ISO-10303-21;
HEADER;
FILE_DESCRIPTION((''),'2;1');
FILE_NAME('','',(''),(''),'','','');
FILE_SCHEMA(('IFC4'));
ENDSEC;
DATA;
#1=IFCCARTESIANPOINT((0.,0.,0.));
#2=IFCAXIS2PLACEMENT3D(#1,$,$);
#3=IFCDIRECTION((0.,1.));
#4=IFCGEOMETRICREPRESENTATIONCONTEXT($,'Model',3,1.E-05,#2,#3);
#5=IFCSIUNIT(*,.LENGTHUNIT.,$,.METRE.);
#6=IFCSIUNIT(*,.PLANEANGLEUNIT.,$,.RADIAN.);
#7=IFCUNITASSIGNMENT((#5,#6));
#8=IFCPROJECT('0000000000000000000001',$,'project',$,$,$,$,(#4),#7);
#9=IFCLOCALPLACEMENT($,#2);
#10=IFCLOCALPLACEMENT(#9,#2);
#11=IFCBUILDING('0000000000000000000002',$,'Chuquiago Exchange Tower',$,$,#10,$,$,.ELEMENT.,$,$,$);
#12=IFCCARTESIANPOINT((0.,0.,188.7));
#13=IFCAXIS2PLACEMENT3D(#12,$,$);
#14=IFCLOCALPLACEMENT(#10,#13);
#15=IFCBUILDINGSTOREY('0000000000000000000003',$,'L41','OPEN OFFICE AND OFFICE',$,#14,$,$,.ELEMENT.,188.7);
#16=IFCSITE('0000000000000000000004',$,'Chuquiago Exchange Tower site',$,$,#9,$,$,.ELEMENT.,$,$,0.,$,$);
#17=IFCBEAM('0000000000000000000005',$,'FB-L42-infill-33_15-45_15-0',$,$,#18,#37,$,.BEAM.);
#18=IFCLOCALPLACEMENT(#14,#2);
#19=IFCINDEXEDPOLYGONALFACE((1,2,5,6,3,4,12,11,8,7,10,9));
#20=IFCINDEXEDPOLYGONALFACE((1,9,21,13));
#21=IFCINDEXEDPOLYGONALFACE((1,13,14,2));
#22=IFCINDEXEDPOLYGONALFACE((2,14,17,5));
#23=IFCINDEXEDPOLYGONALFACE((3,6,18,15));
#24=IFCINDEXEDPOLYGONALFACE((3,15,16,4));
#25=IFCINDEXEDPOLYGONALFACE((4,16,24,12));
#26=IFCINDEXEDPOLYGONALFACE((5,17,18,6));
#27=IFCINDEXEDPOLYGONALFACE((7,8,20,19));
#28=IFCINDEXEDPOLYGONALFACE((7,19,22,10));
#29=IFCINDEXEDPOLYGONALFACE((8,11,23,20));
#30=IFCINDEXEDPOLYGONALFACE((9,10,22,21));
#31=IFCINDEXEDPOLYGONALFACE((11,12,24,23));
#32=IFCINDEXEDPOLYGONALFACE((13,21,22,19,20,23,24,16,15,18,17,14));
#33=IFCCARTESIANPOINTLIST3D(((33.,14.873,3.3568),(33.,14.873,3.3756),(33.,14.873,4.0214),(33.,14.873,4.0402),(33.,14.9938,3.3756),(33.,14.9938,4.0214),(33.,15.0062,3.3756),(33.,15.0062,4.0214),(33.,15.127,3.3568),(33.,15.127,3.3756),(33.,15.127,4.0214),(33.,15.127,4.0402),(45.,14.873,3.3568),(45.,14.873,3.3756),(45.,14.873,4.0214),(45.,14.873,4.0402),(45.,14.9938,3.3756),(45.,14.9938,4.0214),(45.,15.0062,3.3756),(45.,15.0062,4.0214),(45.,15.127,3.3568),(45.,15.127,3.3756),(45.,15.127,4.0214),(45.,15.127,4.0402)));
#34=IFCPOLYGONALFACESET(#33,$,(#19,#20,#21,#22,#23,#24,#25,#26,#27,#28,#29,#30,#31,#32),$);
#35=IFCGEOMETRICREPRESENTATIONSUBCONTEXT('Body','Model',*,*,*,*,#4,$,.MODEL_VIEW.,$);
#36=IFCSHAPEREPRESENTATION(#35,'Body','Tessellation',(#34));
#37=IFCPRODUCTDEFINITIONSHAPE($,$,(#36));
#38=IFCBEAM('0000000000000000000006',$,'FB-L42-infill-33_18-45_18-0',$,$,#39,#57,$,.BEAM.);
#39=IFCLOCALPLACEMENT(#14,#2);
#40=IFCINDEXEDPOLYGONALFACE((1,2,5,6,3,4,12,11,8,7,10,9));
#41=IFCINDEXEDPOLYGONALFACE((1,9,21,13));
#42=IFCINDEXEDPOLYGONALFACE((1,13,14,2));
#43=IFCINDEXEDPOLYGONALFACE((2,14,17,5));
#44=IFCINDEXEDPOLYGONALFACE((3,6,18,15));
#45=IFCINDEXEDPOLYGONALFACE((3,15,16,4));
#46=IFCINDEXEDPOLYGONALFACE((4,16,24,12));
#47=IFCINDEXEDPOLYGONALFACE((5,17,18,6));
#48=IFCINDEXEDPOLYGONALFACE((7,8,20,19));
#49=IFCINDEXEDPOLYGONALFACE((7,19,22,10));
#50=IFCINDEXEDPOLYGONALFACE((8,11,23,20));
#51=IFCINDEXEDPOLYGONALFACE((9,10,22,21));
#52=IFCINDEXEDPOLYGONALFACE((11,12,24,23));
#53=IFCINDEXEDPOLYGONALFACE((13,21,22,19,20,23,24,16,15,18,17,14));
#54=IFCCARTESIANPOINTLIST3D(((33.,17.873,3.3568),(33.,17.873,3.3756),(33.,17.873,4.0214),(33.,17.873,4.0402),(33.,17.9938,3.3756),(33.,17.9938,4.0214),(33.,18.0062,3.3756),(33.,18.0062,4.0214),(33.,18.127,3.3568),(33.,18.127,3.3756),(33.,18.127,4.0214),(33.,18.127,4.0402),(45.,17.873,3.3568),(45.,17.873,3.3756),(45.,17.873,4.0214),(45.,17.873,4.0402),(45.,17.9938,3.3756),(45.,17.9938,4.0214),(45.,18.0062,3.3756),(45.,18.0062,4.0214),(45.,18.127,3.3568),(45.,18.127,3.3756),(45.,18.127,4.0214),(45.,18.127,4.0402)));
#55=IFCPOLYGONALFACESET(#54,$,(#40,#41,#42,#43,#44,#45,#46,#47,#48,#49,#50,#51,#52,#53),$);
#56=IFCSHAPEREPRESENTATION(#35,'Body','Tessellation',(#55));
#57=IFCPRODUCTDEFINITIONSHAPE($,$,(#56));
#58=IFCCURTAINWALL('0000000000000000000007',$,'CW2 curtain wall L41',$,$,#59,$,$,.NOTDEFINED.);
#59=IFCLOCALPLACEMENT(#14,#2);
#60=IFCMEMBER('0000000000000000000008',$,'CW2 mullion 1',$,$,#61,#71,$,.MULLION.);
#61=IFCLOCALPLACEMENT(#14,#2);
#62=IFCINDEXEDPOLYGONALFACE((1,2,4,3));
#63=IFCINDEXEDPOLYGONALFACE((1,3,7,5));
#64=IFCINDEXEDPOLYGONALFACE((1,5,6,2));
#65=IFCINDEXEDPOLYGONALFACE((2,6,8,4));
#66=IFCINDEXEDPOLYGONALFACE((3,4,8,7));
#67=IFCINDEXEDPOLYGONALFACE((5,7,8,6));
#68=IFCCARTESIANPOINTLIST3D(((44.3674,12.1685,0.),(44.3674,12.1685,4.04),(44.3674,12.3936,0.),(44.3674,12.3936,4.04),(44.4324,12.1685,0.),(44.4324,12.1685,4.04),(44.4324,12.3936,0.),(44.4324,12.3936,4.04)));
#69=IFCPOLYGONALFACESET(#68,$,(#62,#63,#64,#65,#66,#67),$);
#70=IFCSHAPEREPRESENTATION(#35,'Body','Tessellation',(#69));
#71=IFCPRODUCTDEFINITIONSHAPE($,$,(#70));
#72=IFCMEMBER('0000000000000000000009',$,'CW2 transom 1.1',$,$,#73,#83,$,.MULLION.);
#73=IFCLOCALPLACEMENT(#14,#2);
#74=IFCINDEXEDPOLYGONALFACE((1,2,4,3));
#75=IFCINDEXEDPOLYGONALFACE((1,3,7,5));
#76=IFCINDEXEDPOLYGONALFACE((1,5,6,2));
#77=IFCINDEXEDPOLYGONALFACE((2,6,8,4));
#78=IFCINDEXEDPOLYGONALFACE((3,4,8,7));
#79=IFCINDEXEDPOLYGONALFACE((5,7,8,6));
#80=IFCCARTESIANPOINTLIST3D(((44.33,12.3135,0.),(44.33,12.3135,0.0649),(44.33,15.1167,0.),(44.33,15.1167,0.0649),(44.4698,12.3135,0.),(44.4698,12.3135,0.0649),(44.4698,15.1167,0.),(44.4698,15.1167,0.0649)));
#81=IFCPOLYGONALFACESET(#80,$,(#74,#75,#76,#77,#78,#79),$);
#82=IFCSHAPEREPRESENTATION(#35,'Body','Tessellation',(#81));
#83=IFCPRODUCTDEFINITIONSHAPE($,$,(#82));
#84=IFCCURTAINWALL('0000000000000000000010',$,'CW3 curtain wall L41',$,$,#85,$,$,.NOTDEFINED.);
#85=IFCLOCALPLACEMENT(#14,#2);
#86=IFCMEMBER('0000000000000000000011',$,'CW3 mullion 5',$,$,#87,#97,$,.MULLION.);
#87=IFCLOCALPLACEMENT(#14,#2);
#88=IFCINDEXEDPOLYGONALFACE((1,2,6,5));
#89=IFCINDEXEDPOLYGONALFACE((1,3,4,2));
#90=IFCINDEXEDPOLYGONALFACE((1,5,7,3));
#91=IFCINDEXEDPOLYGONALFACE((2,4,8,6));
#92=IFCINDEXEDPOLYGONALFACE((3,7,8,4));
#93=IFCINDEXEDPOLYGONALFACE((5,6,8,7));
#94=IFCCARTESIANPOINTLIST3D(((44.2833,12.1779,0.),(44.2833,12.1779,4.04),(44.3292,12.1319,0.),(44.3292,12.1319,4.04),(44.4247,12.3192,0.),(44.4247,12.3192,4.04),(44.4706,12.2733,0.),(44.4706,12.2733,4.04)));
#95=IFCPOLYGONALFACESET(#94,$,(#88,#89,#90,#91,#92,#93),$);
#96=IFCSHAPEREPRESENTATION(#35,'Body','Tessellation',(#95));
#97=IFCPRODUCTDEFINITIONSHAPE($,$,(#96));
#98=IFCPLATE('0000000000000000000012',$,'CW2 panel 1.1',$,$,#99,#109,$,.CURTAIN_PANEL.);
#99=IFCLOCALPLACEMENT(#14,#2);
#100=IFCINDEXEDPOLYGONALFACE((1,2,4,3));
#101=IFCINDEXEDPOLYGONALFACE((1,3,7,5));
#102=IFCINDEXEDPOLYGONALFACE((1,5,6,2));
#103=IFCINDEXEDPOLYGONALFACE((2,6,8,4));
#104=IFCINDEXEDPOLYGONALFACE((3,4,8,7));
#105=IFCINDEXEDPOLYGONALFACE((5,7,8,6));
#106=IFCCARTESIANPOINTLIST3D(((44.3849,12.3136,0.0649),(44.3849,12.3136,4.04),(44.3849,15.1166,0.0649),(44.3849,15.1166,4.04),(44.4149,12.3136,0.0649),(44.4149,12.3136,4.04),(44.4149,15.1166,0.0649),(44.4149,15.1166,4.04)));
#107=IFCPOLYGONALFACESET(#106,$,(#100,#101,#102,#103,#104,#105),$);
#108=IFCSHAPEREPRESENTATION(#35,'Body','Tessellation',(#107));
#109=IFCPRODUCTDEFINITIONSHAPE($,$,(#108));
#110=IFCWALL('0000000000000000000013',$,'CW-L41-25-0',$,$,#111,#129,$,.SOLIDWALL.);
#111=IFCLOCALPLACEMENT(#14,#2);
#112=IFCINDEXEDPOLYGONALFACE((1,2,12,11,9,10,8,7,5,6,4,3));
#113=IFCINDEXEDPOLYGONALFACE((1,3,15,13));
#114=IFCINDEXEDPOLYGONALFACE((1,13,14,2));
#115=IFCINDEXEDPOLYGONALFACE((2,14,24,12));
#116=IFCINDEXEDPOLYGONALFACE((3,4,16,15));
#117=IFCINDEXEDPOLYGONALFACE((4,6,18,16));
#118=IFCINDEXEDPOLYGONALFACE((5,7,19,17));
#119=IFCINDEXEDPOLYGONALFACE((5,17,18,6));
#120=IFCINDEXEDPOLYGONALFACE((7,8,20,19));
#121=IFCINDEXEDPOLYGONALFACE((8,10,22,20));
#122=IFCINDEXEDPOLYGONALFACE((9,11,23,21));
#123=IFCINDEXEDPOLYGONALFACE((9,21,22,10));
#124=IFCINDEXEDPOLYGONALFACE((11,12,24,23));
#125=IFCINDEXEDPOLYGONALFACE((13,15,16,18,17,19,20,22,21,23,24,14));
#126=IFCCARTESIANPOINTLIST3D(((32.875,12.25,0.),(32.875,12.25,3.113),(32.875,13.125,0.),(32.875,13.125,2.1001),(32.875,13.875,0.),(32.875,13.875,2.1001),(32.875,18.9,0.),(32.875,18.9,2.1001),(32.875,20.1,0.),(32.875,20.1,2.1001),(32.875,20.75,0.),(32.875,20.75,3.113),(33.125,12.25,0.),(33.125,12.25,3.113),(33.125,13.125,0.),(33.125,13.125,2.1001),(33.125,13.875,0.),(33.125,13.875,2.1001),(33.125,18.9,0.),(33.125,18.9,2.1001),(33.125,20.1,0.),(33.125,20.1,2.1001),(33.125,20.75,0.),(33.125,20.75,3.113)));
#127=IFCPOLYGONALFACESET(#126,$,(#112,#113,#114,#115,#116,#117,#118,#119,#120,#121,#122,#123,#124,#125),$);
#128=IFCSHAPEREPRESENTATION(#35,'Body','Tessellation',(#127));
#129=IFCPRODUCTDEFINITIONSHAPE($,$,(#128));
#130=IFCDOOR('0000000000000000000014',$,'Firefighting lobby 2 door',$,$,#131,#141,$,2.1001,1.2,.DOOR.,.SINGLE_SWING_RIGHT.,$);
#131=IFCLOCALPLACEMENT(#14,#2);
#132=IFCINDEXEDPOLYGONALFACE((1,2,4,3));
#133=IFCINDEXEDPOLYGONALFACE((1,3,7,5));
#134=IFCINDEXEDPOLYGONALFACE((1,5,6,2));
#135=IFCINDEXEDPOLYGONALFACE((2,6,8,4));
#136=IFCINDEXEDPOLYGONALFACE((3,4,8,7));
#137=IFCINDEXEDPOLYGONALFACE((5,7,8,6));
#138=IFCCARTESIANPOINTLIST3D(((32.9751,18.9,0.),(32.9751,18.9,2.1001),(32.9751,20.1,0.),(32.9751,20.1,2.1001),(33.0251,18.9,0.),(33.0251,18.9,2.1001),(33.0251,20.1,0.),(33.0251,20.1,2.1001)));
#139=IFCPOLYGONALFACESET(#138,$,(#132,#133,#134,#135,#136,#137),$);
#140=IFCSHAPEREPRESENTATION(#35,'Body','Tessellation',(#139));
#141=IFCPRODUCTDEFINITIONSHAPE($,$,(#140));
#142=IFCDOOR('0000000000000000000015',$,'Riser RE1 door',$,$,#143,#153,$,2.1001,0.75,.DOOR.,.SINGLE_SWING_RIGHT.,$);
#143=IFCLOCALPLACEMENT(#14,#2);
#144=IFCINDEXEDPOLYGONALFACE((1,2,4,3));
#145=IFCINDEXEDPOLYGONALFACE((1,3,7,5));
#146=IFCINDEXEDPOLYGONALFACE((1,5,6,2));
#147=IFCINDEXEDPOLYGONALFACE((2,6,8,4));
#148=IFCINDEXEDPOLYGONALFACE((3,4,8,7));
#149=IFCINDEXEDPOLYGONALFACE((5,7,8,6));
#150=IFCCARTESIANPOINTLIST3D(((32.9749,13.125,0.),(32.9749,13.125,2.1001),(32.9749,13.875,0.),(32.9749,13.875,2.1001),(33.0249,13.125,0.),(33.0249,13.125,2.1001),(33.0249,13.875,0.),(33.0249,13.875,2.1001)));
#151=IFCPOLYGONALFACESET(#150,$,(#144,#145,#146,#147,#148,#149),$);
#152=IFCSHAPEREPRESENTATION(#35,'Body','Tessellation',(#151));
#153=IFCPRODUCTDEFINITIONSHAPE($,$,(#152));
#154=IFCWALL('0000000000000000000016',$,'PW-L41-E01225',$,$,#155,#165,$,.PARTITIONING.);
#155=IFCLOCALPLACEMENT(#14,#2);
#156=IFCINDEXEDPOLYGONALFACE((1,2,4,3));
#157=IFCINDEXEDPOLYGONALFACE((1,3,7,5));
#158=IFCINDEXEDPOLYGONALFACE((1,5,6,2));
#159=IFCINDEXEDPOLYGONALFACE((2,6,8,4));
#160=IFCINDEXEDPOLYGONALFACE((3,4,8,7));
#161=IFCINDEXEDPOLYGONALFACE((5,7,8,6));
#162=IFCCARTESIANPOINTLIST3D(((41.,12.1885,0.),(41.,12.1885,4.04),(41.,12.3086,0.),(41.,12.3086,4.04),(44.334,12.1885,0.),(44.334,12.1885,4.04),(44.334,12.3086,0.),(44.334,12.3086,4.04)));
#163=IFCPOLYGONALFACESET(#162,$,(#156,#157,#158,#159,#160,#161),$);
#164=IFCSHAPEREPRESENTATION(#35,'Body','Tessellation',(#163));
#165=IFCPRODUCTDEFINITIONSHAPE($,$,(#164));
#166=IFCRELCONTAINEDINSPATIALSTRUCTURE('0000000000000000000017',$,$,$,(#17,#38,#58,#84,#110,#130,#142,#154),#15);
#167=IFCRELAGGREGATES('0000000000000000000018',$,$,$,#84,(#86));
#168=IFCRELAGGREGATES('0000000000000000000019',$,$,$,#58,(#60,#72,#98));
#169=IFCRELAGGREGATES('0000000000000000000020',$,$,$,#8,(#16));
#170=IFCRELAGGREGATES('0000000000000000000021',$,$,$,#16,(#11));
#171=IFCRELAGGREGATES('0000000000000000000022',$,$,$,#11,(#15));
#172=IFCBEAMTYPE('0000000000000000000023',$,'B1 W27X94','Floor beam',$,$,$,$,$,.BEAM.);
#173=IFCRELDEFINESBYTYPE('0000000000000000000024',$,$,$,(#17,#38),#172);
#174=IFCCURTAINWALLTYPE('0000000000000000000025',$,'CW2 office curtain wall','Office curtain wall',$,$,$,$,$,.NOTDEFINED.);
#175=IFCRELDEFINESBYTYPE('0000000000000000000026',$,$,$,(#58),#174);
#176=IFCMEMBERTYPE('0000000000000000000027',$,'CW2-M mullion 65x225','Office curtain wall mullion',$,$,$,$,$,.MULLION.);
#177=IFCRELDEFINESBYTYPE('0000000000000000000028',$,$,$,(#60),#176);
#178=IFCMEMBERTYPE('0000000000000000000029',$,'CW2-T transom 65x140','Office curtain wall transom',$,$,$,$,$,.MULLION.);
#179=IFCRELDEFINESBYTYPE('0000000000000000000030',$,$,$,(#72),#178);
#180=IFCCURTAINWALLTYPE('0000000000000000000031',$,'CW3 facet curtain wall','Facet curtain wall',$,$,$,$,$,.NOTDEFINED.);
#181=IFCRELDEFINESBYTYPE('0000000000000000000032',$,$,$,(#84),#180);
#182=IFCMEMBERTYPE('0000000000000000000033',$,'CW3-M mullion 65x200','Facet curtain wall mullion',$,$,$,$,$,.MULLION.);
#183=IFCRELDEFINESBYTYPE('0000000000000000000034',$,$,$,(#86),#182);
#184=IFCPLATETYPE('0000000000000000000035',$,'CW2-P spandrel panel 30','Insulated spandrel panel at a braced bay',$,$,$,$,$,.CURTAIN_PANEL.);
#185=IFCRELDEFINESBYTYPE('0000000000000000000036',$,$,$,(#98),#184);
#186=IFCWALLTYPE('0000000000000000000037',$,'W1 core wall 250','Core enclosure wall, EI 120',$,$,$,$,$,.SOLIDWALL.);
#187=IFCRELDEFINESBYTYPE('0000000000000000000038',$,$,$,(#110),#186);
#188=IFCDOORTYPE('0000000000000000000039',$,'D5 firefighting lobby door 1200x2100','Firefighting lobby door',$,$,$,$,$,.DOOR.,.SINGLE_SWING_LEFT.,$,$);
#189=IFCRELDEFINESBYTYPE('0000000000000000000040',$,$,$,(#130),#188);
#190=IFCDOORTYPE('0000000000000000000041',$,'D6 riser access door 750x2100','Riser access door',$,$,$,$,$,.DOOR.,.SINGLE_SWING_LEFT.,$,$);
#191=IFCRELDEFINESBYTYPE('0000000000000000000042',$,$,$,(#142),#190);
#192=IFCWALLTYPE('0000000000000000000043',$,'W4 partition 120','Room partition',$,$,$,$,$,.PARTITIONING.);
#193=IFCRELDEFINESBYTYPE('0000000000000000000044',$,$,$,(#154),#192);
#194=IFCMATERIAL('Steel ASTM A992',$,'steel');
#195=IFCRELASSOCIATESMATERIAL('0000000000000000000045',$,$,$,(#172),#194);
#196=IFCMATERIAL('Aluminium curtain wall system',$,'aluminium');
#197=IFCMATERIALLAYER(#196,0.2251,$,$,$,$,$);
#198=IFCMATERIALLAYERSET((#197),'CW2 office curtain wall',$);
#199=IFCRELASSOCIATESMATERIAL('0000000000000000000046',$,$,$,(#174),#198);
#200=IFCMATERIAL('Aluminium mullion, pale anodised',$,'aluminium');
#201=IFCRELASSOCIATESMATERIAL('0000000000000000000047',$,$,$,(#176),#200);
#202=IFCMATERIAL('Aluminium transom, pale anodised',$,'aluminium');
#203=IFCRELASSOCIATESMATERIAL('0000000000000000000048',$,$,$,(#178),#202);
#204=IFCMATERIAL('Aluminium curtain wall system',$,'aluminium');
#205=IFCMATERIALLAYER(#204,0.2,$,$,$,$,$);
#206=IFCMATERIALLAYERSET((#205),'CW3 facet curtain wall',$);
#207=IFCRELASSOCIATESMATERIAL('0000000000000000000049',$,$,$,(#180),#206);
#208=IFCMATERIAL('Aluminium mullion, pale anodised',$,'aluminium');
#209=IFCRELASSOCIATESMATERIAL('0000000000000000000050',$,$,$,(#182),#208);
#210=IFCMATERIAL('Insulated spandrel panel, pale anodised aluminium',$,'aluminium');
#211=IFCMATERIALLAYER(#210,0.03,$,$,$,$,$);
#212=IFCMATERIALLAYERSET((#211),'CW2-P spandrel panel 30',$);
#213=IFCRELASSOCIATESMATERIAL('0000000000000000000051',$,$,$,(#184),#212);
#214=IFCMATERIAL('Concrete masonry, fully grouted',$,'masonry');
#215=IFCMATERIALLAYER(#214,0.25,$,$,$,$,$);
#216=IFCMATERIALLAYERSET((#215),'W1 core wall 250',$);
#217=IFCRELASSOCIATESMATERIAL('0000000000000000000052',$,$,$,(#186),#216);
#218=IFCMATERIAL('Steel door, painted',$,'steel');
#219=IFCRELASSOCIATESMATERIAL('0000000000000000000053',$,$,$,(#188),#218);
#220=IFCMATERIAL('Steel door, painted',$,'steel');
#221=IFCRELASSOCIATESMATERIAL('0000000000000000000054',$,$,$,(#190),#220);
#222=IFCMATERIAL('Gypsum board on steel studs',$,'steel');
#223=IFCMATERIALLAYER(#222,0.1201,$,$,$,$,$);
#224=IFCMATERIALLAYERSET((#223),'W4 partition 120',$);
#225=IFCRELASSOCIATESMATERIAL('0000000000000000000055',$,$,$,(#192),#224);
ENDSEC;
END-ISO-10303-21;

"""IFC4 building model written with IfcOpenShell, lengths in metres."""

from ifc_helpers import new_model, si_unit, direction, frame, frame_2d, origin, origin_2d, place, context, subcontext, project, spatial, rectangle, i_section, extrude, material, layer, layer_set, material_profile, profile_set, type_object, element, fill, aggregate, save


model = new_model("IFC4")

# Units and contexts
model_context = context("Model", 3, precision=1e-05, world=origin(), true_north=direction((0.0, 1.0)))
body_context = subcontext(model_context, "Body", "Model", "MODEL_VIEW")
ifc_project = project(units=[si_unit("LENGTHUNIT", "METRE"), si_unit("PLANEANGLEUNIT", "RADIAN")], contexts=[model_context])

# Site, building, storey
site_placement = place(None, origin())
site = spatial("IfcSite", under=ifc_project, at=site_placement, Name="Chuquiago Exchange Tower site", CompositionType="ELEMENT", RefElevation=0.0)
building_placement = place(site_placement, origin())
building = spatial("IfcBuilding", under=site, at=building_placement, Name="Chuquiago Exchange Tower", CompositionType="ELEMENT")
storey_placement = place(building_placement, frame((0.0, 0.0, 188.7)))
storey = spatial("IfcBuildingStorey", under=building, at=storey_placement, Name="L41", Description="OPEN OFFICE AND OFFICE", CompositionType="ELEMENT", Elevation=188.7)

# Beams
ifc_material_1 = material(Name="Steel ASTM A992", Category="steel")
ifc_material_profile_1 = material_profile(ifc_material_1, i_section(OverallWidth=0.2539, OverallDepth=0.6833, WebThickness=0.0125, FlangeThickness=0.0188, at=origin_2d()), Name="W27X94")
ifc_profile_set_1 = profile_set([ifc_material_profile_1], Name="Steel ASTM A992")
beam_type = type_object("IfcBeamType", Name="B1 W27X94", Description="Floor beam", PredefinedType="BEAM", material=ifc_profile_set_1)
for number, where, z_axis, x_axis, name in (
    (1, (33.0, 15.0, 3.6985), (1.0, 0.0, 0.0), (0.0, 1.0, 0.0), "FB-L42-infill-33_15-45_15-0"),
    (2, (33.0, 18.0, 3.6985), (1.0, 0.0, 0.0), (0.0, 1.0, 0.0), "FB-L42-infill-33_18-45_18-0"),
):
    element("IfcBeam", number, at=place(storey_placement, frame(where, z_axis=z_axis, x_axis=x_axis)), inside=storey, type_object=beam_type, Name=name, PredefinedType="BEAM", context=body_context, shape_type="SweptSolid", body=[
        extrude(i_section(OverallWidth=0.2539, OverallDepth=0.6833, WebThickness=0.0125, FlangeThickness=0.0188, at=origin_2d()), origin(), (0.0, 0.0, 1.0), 12.0),
    ])

# Curtain wall, members
ifc_material_2 = material(Name="Aluminium curtain wall system", Category="aluminium")
ifc_layer_1 = layer(ifc_material_2, 0.2251)
ifc_layer_set_1 = layer_set([ifc_layer_1], Name="CW2 office curtain wall")
curtain_wall_type_1 = type_object("IfcCurtainWallType", Name="CW2 office curtain wall", Description="Office curtain wall", PredefinedType="NOTDEFINED", material=ifc_layer_set_1)
curtain_wall_1_placement = place(storey_placement, origin())
curtain_wall_1 = element("IfcCurtainWall", 3, at=curtain_wall_1_placement, inside=storey, type_object=curtain_wall_type_1, Name="CW2 curtain wall L41", PredefinedType="NOTDEFINED")
ifc_material_3 = material(Name="Aluminium mullion, pale anodised", Category="aluminium")
ifc_material_profile_2 = material_profile(ifc_material_3, rectangle(XDim=0.0649, YDim=0.2251, at=origin_2d()), Name="AL 65x225")
ifc_profile_set_2 = profile_set([ifc_material_profile_2], Name="Aluminium mullion, pale anodised")
member_type_1 = type_object("IfcMemberType", Name="CW2-M mullion 65x225", Description="Office curtain wall mullion", PredefinedType="MULLION", material=ifc_profile_set_2)
member_1_placement = place(storey_placement, frame((44.3999, 12.281, 0.0), z_axis=(0.0, 0.0, 1.0), x_axis=(-1.0, 0.0, 0.0)))
member_1 = element("IfcMember", 4, at=member_1_placement, type_object=member_type_1, Name="CW2 mullion 1", PredefinedType="MULLION", context=body_context, shape_type="SweptSolid", body=[
    extrude(rectangle(XDim=0.0649, YDim=0.2251, at=origin_2d()), origin(), (0.0, 0.0, 1.0), 4.04),
])
ifc_material_4 = material(Name="Aluminium transom, pale anodised", Category="aluminium")
ifc_material_profile_3 = material_profile(ifc_material_4, rectangle(XDim=0.1399, YDim=0.0649, at=origin_2d()), Name="AL 140x65")
ifc_profile_set_3 = profile_set([ifc_material_profile_3], Name="Aluminium transom, pale anodised")
member_type_2 = type_object("IfcMemberType", Name="CW2-T transom 65x140", Description="Office curtain wall transom", PredefinedType="MULLION", material=ifc_profile_set_3)
member_2_placement = place(storey_placement, frame((44.3999, 12.3135, 0.0325), z_axis=(0.0, 1.0, 0.0), x_axis=(-1.0, 0.0, 0.0)))
member_2 = element("IfcMember", 5, at=member_2_placement, type_object=member_type_2, Name="CW2 transom 1.1", PredefinedType="MULLION", context=body_context, shape_type="SweptSolid", body=[
    extrude(rectangle(XDim=0.1399, YDim=0.0649, at=origin_2d()), origin(), (0.0, 0.0, 1.0), 2.8032),
])

# Curtain wall, member
ifc_material_5 = material(Name="Aluminium curtain wall system", Category="aluminium")
ifc_layer_2 = layer(ifc_material_5, 0.2)
ifc_layer_set_2 = layer_set([ifc_layer_2], Name="CW3 facet curtain wall")
curtain_wall_type_2 = type_object("IfcCurtainWallType", Name="CW3 facet curtain wall", Description="Facet curtain wall", PredefinedType="NOTDEFINED", material=ifc_layer_set_2)
curtain_wall_2_placement = place(storey_placement, origin())
curtain_wall_2 = element("IfcCurtainWall", 6, at=curtain_wall_2_placement, inside=storey, type_object=curtain_wall_type_2, Name="CW3 curtain wall L41", PredefinedType="NOTDEFINED")
ifc_material_6 = material(Name="Aluminium mullion, pale anodised", Category="aluminium")
ifc_material_profile_4 = material_profile(ifc_material_6, rectangle(XDim=0.0649, YDim=0.2, at=origin_2d()), Name="AL 65x200")
ifc_profile_set_4 = profile_set([ifc_material_profile_4], Name="Aluminium mullion, pale anodised")
member_type_3 = type_object("IfcMemberType", Name="CW3-M mullion 65x200", Description="Facet curtain wall mullion", PredefinedType="MULLION", material=ifc_profile_set_4)
member_3_placement = place(storey_placement, frame((44.377, 12.2256, 0.0), z_axis=(0.0, 0.0, 1.0), x_axis=(-0.707107, 0.707107, 0.0)))
member_3 = element("IfcMember", 7, at=member_3_placement, type_object=member_type_3, Name="CW3 mullion 5", PredefinedType="MULLION", context=body_context, shape_type="SweptSolid", body=[
    extrude(rectangle(XDim=0.0649, YDim=0.2, at=origin_2d()), origin(), (0.0, 0.0, 1.0), 4.04),
])
aggregate(curtain_wall_2, [member_3])

# Plate
ifc_material_7 = material(Name="Insulated spandrel panel, pale anodised aluminium", Category="aluminium")
ifc_layer_3 = layer(ifc_material_7, 0.03)
ifc_layer_set_3 = layer_set([ifc_layer_3], Name="CW2-P spandrel panel 30")
plate_type = type_object("IfcPlateType", Name="CW2-P spandrel panel 30", Description="Insulated spandrel panel at a braced bay", PredefinedType="CURTAIN_PANEL", material=ifc_layer_set_3)
plate_placement = place(storey_placement, frame((44.3999, 13.7151, 0.0649), z_axis=(0.0, 0.0, 1.0), x_axis=(0.0, 1.0, 0.0)))
plate = element("IfcPlate", 8, at=plate_placement, type_object=plate_type, Name="CW2 panel 1.1", PredefinedType="CURTAIN_PANEL", context=body_context, shape_type="SweptSolid", body=[
    extrude(rectangle(XDim=2.803, YDim=0.03, at=origin_2d()), origin(), (0.0, 0.0, 1.0), 3.9751),
])
aggregate(curtain_wall_1, [member_1, member_2, plate])

# Wall, openings, doors
ifc_material_8 = material(Name="Concrete masonry, fully grouted", Category="masonry")
ifc_layer_4 = layer(ifc_material_8, 0.25)
ifc_layer_set_4 = layer_set([ifc_layer_4], Name="W1 core wall 250")
wall_type_1 = type_object("IfcWallType", Name="W1 core wall 250", Description="Core enclosure wall, EI 120", PredefinedType="SOLIDWALL", material=ifc_layer_set_4)
wall_1_placement = place(storey_placement, frame((33.0, 12.25, 0.0), z_axis=(0.0, 0.0, 1.0), x_axis=(0.0, 1.0, 0.0)))
wall_1 = element("IfcWall", 9, at=wall_1_placement, inside=storey, type_object=wall_type_1, Name="CW-L41-25-0", PredefinedType="SOLIDWALL", context=body_context, shape_type="SweptSolid", body=[
    extrude(rectangle(XDim=8.5, YDim=0.25, at=frame_2d((4.25, 0.0))), origin(), (0.0, 0.0, 1.0), 3.113),
])
opening_1_placement = place(wall_1_placement, frame((6.6499, 0.0, 0.0)))
opening_1 = element("IfcOpeningElement", 10, at=opening_1_placement, cuts=wall_1, PredefinedType="OPENING", context=body_context, shape_type="SweptSolid", body=[
    extrude(rectangle(XDim=1.2, YDim=2.1001, at=frame_2d((0.6001, 1.05))), frame((0.0, 0.135, 0.0), z_axis=(0.0, -1.0, 0.0), x_axis=(1.0, 0.0, 0.0)), (0.0, 0.0, 1.0), 0.27),
])
opening_2_placement = place(wall_1_placement, frame((0.875, 0.0, 0.0)))
opening_2 = element("IfcOpeningElement", 11, at=opening_2_placement, cuts=wall_1, PredefinedType="OPENING", context=body_context, shape_type="SweptSolid", body=[
    extrude(rectangle(XDim=0.75, YDim=2.1001, at=frame_2d((0.375, 1.05))), frame((0.0, 0.135, 0.0), z_axis=(0.0, -1.0, 0.0), x_axis=(1.0, 0.0, 0.0)), (0.0, 0.0, 1.0), 0.27),
])
ifc_material_9 = material(Name="Steel door, painted", Category="steel")
door_type_1 = type_object("IfcDoorType", Name="D5 firefighting lobby door 1200x2100", Description="Firefighting lobby door", OperationType="SINGLE_SWING_LEFT", PredefinedType="DOOR", material=ifc_material_9)
door_1_placement = place(opening_1_placement, origin())
door_1 = element("IfcDoor", 12, at=door_1_placement, inside=storey, type_object=door_type_1, Name="Firefighting lobby 2 door", OperationType="SINGLE_SWING_RIGHT", OverallHeight=2.1001, OverallWidth=1.2, PredefinedType="DOOR", context=body_context, shape_type="SweptSolid", body=[
    extrude(rectangle(XDim=1.2, YDim=2.1001, at=frame_2d((0.6001, 1.05))), frame((0.0, 0.0249, 0.0), z_axis=(0.0, -1.0, 0.0), x_axis=(1.0, 0.0, 0.0)), (0.0, 0.0, 1.0), 0.05),
])
fill(opening_1, door_1)
ifc_material_10 = material(Name="Steel door, painted", Category="steel")
door_type_2 = type_object("IfcDoorType", Name="D6 riser access door 750x2100", Description="Riser access door", OperationType="SINGLE_SWING_LEFT", PredefinedType="DOOR", material=ifc_material_10)
door_2_placement = place(opening_2_placement, frame((0.75, 0.0, 0.0), z_axis=(0.0, 0.0, 1.0), x_axis=(-1.0, 0.0, 0.0)))
door_2 = element("IfcDoor", 13, at=door_2_placement, inside=storey, type_object=door_type_2, Name="Riser RE1 door", OperationType="SINGLE_SWING_RIGHT", OverallHeight=2.1001, OverallWidth=0.75, PredefinedType="DOOR", context=body_context, shape_type="SweptSolid", body=[
    extrude(rectangle(XDim=0.75, YDim=2.1001, at=frame_2d((0.375, 1.05))), frame((0.0, 0.0249, 0.0), z_axis=(0.0, -1.0, 0.0), x_axis=(1.0, 0.0, 0.0)), (0.0, 0.0, 1.0), 0.05),
])
fill(opening_2, door_2)

# Wall
ifc_material_11 = material(Name="Gypsum board on steel studs", Category="steel")
ifc_layer_5 = layer(ifc_material_11, 0.1201)
ifc_layer_set_5 = layer_set([ifc_layer_5], Name="W4 partition 120")
wall_type_2 = type_object("IfcWallType", Name="W4 partition 120", Description="Room partition", PredefinedType="PARTITIONING", material=ifc_layer_set_5)
wall_2_placement = place(storey_placement, frame((44.334, 12.2485, 0.0), z_axis=(0.0, 0.0, 1.0), x_axis=(-1.0, 0.0, 0.0)))
element("IfcWall", 14, at=wall_2_placement, inside=storey, type_object=wall_type_2, Name="PW-L41-E01225", PredefinedType="PARTITIONING", context=body_context, shape_type="SweptSolid", body=[
    extrude(rectangle(XDim=3.334, YDim=0.1201, at=frame_2d((1.667, 0.0))), origin(), (0.0, 0.0, 1.0), 4.04),
])

save(model, "model.ifc")
